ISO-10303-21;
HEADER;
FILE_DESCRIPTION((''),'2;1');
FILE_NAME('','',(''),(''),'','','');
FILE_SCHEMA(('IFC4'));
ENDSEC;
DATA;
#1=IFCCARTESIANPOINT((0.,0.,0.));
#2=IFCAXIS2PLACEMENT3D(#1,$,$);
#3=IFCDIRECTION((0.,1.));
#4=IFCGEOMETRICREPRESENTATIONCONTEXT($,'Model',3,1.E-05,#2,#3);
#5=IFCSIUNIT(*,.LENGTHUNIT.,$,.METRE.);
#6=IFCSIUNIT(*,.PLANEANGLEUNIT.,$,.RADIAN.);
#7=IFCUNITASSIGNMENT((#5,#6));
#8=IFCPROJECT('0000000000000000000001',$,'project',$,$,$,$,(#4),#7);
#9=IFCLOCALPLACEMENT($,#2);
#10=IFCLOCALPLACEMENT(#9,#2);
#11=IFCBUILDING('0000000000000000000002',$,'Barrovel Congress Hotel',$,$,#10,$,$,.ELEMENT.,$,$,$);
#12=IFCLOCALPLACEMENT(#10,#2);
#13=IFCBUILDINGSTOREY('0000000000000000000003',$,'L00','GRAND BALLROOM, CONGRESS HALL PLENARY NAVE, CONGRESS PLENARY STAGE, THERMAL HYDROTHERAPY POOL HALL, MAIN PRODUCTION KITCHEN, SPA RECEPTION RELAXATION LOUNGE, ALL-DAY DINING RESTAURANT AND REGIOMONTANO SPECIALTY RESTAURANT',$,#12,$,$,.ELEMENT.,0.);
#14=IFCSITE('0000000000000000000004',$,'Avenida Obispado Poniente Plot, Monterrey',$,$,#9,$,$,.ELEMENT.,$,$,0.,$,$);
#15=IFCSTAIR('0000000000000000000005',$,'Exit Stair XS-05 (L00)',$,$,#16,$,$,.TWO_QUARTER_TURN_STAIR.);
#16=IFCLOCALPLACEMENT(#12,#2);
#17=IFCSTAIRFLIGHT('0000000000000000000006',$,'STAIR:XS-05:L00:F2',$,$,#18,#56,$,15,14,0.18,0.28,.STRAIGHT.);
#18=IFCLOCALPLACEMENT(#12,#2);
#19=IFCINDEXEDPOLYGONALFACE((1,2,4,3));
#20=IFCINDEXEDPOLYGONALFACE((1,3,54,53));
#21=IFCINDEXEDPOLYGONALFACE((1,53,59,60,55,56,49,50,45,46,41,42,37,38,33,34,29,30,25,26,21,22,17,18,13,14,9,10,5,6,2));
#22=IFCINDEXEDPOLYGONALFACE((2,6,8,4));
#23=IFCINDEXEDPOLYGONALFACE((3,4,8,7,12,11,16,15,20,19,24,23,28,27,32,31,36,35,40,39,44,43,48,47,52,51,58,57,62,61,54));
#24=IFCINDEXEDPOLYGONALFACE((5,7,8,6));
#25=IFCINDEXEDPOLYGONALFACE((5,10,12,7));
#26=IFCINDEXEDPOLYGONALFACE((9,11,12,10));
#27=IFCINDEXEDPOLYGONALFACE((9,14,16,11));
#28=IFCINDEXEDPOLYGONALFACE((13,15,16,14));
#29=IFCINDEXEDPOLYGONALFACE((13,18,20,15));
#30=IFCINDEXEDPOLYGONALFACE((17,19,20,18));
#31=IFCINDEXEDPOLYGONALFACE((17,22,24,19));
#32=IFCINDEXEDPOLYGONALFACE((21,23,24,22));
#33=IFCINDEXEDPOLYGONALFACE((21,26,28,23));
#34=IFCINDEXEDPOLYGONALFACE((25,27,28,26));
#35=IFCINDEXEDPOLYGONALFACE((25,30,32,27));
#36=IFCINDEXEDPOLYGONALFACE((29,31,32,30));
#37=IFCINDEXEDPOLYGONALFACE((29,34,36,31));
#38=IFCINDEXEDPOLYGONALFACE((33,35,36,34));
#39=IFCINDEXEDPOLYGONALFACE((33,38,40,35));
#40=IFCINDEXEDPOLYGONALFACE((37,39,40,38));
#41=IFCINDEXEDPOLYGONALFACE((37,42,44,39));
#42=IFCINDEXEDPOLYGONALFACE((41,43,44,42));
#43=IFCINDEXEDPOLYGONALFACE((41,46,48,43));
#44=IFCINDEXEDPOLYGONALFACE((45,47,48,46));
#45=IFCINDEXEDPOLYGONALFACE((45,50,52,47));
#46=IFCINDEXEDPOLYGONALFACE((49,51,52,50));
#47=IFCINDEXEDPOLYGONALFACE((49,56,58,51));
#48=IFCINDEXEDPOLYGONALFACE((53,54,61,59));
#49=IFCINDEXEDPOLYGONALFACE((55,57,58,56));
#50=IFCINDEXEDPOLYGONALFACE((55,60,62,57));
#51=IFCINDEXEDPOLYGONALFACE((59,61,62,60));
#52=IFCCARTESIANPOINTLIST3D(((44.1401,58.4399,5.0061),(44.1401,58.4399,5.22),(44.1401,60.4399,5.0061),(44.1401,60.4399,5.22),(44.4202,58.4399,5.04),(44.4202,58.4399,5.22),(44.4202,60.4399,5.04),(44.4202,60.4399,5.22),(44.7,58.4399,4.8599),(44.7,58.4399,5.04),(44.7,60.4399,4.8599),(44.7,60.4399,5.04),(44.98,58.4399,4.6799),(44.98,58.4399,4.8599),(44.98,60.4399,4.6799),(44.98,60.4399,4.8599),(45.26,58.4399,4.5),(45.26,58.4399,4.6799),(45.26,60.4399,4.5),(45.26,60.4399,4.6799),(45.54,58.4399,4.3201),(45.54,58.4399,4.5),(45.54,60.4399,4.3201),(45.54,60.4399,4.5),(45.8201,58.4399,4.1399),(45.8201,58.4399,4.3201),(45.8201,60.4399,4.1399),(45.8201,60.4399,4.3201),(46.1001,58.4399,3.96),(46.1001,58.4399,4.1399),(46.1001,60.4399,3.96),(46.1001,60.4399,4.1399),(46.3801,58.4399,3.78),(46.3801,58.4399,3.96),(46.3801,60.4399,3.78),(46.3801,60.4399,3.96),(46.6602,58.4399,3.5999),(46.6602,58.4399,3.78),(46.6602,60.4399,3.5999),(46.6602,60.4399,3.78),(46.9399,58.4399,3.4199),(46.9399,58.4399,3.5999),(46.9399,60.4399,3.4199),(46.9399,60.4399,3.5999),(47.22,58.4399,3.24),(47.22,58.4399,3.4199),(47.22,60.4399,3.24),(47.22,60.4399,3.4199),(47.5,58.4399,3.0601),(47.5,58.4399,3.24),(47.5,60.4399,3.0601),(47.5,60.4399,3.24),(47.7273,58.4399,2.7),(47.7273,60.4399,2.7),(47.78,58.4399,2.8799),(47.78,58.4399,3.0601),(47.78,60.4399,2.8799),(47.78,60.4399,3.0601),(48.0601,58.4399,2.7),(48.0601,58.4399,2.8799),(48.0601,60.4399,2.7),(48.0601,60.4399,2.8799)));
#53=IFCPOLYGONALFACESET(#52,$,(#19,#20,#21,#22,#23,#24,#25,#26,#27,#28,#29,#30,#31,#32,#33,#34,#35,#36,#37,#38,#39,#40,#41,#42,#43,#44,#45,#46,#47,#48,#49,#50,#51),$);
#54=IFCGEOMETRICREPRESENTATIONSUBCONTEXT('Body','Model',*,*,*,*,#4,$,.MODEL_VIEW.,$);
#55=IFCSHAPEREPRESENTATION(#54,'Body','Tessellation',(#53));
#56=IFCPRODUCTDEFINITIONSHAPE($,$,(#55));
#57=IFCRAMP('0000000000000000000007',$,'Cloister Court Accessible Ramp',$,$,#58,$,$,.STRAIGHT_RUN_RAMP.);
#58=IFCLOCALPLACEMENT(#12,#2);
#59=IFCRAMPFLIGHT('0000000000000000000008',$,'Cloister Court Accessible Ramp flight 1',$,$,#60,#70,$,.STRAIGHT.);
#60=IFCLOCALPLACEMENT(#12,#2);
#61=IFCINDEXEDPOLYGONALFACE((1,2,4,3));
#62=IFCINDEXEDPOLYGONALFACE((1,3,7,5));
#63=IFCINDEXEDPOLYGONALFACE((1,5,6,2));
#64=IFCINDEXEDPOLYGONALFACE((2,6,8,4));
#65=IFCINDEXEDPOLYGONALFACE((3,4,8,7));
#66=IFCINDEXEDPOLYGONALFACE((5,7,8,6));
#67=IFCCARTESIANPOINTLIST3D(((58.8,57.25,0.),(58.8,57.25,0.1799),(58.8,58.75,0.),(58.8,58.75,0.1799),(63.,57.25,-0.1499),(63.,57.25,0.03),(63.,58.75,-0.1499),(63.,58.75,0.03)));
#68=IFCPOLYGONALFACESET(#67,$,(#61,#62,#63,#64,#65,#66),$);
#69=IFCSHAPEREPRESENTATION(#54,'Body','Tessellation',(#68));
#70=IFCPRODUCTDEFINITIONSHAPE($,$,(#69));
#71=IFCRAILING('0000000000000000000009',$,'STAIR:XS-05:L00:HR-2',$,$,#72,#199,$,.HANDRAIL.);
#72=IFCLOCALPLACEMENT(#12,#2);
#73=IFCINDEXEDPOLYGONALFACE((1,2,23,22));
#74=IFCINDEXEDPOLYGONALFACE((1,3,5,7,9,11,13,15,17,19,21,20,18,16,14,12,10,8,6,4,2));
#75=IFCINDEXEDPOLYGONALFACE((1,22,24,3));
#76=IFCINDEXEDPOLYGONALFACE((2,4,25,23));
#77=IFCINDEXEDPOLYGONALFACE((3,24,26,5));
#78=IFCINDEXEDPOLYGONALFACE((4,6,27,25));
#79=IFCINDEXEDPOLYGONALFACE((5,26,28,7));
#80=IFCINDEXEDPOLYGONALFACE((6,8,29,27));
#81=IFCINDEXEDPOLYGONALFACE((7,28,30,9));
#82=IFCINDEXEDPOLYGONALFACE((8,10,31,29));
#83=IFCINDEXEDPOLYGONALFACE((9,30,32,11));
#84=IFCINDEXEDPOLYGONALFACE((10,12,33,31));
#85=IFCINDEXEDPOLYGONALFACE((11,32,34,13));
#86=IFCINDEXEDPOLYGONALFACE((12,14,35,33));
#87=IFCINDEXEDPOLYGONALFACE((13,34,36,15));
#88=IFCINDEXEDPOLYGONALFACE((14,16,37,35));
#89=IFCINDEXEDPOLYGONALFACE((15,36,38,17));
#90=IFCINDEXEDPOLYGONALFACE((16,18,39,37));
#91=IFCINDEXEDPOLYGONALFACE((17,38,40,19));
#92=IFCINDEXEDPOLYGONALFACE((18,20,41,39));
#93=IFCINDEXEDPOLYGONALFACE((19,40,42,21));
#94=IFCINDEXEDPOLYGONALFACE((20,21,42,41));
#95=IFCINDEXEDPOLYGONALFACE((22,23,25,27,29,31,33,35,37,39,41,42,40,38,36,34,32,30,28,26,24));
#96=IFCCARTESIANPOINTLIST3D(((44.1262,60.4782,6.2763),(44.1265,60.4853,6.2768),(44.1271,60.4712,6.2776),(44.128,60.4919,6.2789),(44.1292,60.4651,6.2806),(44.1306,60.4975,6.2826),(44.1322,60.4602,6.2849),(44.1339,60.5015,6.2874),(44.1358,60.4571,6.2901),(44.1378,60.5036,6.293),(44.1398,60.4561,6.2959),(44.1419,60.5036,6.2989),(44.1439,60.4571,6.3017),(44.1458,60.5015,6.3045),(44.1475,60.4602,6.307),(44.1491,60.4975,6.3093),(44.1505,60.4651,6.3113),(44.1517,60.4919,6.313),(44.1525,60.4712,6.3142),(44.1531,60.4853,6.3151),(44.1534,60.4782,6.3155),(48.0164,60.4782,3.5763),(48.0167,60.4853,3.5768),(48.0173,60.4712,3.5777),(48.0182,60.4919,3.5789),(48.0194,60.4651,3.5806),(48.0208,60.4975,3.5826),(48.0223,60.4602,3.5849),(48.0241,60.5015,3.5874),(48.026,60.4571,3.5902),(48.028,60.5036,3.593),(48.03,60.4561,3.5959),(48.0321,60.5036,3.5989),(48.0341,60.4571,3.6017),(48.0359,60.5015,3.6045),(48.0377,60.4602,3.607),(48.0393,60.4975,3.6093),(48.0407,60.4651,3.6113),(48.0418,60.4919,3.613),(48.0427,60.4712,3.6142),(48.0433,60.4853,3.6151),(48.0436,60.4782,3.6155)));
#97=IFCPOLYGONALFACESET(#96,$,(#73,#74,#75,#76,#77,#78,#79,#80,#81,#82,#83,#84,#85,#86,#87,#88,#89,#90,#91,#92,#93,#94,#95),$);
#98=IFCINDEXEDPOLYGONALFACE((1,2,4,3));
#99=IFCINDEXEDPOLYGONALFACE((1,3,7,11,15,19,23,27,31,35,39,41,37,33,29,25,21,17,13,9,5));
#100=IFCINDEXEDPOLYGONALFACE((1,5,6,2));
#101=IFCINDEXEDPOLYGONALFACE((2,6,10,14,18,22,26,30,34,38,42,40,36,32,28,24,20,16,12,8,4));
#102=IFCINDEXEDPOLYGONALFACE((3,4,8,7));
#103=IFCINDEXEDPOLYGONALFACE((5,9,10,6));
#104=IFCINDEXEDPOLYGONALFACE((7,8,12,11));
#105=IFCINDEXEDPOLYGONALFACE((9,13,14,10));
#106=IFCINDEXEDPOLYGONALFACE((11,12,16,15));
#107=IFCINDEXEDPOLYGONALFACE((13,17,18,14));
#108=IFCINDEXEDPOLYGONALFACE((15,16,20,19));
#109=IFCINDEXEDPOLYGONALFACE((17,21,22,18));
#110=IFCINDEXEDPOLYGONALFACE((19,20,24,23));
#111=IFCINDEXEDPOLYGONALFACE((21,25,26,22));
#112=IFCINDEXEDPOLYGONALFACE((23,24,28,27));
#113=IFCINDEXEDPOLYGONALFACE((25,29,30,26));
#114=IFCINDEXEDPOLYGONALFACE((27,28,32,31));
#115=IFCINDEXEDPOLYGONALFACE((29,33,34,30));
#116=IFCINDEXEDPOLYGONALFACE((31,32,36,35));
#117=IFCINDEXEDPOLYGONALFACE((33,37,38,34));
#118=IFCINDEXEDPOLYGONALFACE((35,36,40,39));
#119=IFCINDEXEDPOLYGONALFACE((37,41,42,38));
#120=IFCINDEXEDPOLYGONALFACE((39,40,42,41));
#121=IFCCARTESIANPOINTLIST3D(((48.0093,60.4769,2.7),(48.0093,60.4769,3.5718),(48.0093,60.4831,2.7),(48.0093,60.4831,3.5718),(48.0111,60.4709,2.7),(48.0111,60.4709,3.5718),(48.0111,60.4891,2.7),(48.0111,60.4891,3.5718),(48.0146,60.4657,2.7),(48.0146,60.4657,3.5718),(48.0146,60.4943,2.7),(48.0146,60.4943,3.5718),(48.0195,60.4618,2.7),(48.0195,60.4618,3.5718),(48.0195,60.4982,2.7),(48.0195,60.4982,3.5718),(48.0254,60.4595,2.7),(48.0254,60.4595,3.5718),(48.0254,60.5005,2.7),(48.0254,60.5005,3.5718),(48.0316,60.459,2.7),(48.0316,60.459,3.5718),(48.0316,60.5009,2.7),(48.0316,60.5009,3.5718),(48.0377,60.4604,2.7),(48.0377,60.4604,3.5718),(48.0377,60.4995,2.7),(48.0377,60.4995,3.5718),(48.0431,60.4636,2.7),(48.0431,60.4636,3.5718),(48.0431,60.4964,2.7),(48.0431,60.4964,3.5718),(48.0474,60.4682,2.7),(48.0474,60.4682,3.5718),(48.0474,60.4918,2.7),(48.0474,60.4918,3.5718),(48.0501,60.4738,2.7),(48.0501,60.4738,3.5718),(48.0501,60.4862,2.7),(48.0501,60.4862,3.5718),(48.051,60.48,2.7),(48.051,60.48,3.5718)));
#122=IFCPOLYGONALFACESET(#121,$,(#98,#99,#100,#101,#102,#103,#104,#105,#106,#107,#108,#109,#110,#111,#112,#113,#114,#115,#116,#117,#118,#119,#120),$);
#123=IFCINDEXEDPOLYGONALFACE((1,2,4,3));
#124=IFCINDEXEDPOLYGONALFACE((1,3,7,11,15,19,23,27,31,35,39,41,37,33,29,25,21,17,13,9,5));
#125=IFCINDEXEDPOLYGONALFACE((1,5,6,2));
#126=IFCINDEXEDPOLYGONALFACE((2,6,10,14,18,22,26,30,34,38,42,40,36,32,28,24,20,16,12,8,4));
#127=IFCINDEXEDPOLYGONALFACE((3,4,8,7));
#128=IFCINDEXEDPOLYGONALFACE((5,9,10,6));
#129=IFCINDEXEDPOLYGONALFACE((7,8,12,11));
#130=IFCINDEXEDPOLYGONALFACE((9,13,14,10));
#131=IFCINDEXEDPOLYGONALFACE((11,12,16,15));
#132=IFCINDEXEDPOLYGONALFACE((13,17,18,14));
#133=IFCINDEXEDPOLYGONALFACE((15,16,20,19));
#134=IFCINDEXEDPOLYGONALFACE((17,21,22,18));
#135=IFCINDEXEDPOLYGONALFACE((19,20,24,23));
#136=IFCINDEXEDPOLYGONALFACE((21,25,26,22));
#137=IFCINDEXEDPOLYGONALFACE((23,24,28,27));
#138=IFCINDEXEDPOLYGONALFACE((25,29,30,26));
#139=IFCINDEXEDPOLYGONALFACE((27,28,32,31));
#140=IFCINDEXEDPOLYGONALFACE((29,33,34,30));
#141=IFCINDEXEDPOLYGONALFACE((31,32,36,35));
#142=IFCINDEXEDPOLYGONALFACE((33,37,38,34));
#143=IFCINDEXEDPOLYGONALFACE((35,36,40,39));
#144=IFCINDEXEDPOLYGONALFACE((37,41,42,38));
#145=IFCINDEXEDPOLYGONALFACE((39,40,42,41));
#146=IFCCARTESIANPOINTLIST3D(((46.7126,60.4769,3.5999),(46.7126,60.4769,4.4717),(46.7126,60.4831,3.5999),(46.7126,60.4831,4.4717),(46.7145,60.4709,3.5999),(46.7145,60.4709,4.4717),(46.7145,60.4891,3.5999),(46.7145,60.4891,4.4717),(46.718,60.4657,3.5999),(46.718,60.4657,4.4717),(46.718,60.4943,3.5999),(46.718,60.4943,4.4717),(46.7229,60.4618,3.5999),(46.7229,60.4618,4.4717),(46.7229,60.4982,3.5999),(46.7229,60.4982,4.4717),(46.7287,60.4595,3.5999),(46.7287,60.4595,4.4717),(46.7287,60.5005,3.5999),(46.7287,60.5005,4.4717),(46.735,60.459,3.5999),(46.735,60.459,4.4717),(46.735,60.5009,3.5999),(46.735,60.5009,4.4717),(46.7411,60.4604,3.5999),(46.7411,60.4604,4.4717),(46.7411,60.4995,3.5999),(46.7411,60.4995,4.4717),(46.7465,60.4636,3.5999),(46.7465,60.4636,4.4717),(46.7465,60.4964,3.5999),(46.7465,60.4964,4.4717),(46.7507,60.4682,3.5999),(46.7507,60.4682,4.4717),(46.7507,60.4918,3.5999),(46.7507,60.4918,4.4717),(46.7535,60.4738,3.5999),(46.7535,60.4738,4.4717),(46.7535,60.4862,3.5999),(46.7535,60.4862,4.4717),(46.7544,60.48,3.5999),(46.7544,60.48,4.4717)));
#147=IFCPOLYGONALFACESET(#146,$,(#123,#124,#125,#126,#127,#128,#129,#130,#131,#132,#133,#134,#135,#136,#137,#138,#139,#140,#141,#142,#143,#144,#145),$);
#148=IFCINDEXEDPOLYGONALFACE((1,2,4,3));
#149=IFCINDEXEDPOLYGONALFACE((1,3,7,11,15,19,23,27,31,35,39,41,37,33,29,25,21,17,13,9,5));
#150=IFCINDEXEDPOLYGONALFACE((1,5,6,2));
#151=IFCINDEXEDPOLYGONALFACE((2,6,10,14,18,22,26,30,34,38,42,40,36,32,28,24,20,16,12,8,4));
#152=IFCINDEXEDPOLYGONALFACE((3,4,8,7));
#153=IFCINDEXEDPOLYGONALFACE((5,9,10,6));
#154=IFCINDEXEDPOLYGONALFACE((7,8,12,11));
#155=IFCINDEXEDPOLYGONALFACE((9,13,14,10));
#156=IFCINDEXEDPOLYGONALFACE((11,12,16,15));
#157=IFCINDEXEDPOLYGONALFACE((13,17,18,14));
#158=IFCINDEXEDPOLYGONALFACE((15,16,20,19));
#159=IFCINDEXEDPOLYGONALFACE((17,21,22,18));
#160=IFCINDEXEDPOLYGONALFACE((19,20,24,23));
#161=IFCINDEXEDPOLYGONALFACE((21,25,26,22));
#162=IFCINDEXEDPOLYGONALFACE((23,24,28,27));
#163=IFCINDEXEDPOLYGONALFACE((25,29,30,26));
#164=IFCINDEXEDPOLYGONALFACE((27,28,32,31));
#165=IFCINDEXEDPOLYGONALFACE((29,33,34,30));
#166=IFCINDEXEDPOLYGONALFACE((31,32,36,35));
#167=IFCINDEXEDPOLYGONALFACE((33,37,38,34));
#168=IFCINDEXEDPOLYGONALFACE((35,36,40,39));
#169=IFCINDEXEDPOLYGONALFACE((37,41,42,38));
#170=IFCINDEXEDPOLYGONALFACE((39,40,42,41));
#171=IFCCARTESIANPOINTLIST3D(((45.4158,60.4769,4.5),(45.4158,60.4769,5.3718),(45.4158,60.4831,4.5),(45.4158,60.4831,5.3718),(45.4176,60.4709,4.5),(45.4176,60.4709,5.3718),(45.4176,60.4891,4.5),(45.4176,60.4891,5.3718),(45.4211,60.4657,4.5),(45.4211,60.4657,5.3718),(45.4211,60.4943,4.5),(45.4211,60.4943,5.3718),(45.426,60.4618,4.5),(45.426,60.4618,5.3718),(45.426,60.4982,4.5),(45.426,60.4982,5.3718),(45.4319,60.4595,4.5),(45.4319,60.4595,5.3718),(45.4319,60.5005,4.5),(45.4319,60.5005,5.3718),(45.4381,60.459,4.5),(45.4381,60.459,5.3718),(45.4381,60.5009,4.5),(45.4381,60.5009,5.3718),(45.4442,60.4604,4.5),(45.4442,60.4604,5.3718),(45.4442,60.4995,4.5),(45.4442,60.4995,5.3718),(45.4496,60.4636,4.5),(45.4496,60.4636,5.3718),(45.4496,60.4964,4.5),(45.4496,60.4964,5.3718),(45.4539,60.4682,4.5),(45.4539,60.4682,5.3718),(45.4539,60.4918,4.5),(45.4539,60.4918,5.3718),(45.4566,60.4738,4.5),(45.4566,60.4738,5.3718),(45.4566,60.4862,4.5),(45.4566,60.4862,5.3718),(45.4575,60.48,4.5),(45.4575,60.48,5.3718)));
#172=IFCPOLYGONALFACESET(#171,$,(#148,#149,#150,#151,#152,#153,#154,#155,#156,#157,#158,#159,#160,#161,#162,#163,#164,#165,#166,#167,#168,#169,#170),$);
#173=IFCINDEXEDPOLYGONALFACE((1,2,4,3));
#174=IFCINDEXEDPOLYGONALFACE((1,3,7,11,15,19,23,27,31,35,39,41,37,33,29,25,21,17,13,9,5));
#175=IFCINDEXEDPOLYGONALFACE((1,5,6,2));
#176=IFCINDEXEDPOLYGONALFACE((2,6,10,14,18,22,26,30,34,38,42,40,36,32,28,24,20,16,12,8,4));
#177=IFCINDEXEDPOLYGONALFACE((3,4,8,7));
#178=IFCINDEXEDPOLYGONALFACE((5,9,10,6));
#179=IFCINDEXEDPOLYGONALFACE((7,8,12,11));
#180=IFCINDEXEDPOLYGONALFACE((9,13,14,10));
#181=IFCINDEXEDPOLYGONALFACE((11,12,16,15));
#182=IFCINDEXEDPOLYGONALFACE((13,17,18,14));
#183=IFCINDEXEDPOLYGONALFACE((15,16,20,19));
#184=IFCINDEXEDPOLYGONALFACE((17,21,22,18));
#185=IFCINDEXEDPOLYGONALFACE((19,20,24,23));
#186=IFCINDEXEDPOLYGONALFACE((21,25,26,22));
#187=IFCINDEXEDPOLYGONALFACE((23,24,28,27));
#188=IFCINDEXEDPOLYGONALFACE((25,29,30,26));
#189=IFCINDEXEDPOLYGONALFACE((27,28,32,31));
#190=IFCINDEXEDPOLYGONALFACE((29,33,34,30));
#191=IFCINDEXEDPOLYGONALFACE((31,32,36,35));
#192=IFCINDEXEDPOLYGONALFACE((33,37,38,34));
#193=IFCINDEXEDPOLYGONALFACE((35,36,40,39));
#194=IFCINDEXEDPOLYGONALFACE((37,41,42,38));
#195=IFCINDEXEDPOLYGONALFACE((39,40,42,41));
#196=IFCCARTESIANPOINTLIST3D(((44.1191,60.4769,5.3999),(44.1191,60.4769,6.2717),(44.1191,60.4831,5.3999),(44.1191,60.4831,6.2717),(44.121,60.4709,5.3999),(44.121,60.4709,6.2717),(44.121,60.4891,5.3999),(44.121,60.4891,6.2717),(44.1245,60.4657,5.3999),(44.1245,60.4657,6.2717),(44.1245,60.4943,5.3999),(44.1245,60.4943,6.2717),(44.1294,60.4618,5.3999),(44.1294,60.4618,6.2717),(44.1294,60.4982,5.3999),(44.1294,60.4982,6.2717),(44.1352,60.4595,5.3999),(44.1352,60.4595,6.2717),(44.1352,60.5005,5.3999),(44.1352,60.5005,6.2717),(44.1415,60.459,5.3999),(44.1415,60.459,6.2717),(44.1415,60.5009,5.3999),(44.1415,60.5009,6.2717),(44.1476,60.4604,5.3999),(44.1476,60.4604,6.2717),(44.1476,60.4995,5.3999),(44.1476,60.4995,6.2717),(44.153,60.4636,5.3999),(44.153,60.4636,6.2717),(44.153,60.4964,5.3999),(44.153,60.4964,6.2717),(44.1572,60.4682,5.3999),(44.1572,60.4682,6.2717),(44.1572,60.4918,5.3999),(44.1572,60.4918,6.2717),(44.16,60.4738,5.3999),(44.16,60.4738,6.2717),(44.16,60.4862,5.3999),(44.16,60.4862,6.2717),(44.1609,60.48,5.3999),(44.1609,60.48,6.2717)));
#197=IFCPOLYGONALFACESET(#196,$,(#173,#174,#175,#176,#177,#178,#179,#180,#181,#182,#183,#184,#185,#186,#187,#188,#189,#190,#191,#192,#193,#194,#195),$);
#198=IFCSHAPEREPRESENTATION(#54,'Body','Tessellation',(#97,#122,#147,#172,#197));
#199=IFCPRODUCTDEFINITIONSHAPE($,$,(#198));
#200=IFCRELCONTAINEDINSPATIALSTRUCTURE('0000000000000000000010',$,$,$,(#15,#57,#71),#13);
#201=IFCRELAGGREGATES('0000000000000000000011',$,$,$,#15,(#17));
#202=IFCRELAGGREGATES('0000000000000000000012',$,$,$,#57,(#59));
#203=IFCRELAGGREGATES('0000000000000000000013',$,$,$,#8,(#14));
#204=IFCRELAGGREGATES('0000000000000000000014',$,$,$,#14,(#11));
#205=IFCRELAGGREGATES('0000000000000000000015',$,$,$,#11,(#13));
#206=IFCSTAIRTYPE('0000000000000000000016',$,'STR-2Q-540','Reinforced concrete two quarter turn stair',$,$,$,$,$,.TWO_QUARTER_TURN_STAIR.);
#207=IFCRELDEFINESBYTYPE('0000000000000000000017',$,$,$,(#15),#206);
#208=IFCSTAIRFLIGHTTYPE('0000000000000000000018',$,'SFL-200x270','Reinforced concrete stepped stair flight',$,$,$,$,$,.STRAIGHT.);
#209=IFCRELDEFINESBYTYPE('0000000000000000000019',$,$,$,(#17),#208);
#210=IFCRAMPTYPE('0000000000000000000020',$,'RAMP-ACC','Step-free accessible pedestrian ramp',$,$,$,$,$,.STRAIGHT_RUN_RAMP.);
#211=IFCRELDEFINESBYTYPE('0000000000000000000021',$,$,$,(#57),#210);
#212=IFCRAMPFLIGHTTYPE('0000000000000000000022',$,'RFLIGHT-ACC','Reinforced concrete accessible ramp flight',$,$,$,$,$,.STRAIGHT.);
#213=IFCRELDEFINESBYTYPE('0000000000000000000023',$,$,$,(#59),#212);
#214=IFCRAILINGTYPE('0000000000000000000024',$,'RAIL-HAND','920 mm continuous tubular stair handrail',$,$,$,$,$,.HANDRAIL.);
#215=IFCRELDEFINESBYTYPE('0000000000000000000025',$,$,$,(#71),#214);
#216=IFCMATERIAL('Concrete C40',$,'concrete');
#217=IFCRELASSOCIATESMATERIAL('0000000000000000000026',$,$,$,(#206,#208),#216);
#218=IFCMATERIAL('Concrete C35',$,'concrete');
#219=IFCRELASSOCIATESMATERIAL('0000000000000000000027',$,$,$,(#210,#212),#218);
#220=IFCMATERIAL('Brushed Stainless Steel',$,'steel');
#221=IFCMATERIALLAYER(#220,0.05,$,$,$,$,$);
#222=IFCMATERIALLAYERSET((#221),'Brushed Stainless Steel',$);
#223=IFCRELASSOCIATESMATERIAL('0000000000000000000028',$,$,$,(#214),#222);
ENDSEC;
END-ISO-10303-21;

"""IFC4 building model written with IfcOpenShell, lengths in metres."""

from ifc_helpers import new_model, si_unit, direction, frame, origin, origin_2d, place, context, subcontext, project, spatial, polyline, circle, outline, extrude, material, layer, layer_set, type_object, element, aggregate, save


model = new_model("IFC4")

# Units and contexts
model_context = context("Model", 3, precision=1e-05, world=origin(), true_north=direction((0.0, 1.0)))
body_context = subcontext(model_context, "Body", "Model", "MODEL_VIEW")
ifc_project = project(units=[si_unit("LENGTHUNIT", "METRE"), si_unit("PLANEANGLEUNIT", "RADIAN")], contexts=[model_context])

# Site, building, storey
site_placement = place(None, origin())
site = spatial("IfcSite", under=ifc_project, at=site_placement, Name="Avenida Obispado Poniente Plot, Monterrey", CompositionType="ELEMENT", RefElevation=0.0)
building_placement = place(site_placement, origin())
building = spatial("IfcBuilding", under=site, at=building_placement, Name="Barrovel Congress Hotel", CompositionType="ELEMENT")
storey_placement = place(building_placement, origin())
storey = spatial("IfcBuildingStorey", under=building, at=storey_placement, Name="L00", Description="GRAND BALLROOM, CONGRESS HALL PLENARY NAVE, CONGRESS PLENARY STAGE, THERMAL HYDROTHERAPY POOL HALL, MAIN PRODUCTION KITCHEN, SPA RECEPTION RELAXATION LOUNGE, ALL-DAY DINING RESTAURANT AND REGIOMONTANO SPECIALTY RESTAURANT", CompositionType="ELEMENT", Elevation=0.0)

# Shared definitions
ifc_material_1 = material(Name="Concrete C40", Category="concrete")

# Shared definitions
ifc_material_2 = material(Name="Concrete C35", Category="concrete")

# Stair, stair flight
stair_type = type_object("IfcStairType", Name="STR-2Q-540", Description="Reinforced concrete two quarter turn stair", PredefinedType="TWO_QUARTER_TURN_STAIR", material=ifc_material_1)
stair_placement = place(storey_placement, origin())
stair = element("IfcStair", 1, at=stair_placement, inside=storey, type_object=stair_type, Name="Exit Stair XS-05 (L00)", PredefinedType="TWO_QUARTER_TURN_STAIR")
stair_flight_type = type_object("IfcStairFlightType", Name="SFL-200x270", Description="Reinforced concrete stepped stair flight", PredefinedType="STRAIGHT", material=ifc_material_1)
stair_flight_placement = place(storey_placement, frame((48.0601, 59.4399, 2.7), z_axis=(0.0, 0.0, 1.0), x_axis=(-1.0, 0.0, 0.0)))
stair_flight = element("IfcStairFlight", 2, at=stair_flight_placement, type_object=stair_flight_type, Name="STAIR:XS-05:L00:F2", NumberOfRisers=15, NumberOfTreads=14, PredefinedType="STRAIGHT", RiserHeight=0.18, TreadLength=0.28, context=body_context, shape_type="SweptSolid", body=[
    extrude(outline(polyline([(0.0, 0.0), (0.0, 0.1799), (0.28, 0.1799), (0.28, 0.3601), (0.5601, 0.3601), (0.5601, 0.54), (0.8401, 0.54), (0.8401, 0.72), (1.1201, 0.72), (1.1201, 0.8999), (1.3999, 0.8999), (1.3999, 1.0801), (1.6799, 1.0801), (1.6799, 1.26), (1.96, 1.26), (1.96, 1.4399), (2.24, 1.4399), (2.24, 1.6201), (2.52, 1.6201), (2.52, 1.8), (2.8, 1.8), (2.8, 1.98), (3.0801, 1.98), (3.0801, 2.1599), (3.3601, 2.1599), (3.3601, 2.3401), (3.6399, 2.3401), (3.6399, 2.52), (3.9199, 2.52), (3.9199, 2.7), (3.9199, 2.3062), (0.3328, 0.0), (0.0, 0.0)])), frame((0.0, 1.0, 0.0), z_axis=(0.0, -1.0, 0.0), x_axis=(1.0, 0.0, 0.0)), (0.0, 0.0, 1.0), 2.0),
])
aggregate(stair, [stair_flight])

# Ramp, ramp flight
ramp_type = type_object("IfcRampType", Name="RAMP-ACC", Description="Step-free accessible pedestrian ramp", PredefinedType="STRAIGHT_RUN_RAMP", material=ifc_material_2)
ramp_placement = place(storey_placement, origin())
ramp = element("IfcRamp", 3, at=ramp_placement, inside=storey, type_object=ramp_type, Name="Cloister Court Accessible Ramp", PredefinedType="STRAIGHT_RUN_RAMP")
ramp_flight_type = type_object("IfcRampFlightType", Name="RFLIGHT-ACC", Description="Reinforced concrete accessible ramp flight", PredefinedType="STRAIGHT", material=ifc_material_2)
ramp_flight_placement = place(storey_placement, frame((63.0, 58.0, -0.1499), z_axis=(0.0, 0.0, 1.0), x_axis=(-1.0, 0.0, 0.0)))
ramp_flight = element("IfcRampFlight", 4, at=ramp_flight_placement, type_object=ramp_flight_type, Name="Cloister Court Accessible Ramp flight 1", PredefinedType="STRAIGHT", context=body_context, shape_type="SweptSolid", body=[
    extrude(outline(polyline([(0.0, 0.0), (0.0, 0.1799), (4.2, 0.3298), (4.2, 0.1499), (0.0, 0.0)])), frame((0.0, 0.75, 0.0), z_axis=(0.0, -1.0, 0.0), x_axis=(1.0, 0.0, 0.0)), (0.0, 0.0, 1.0), 1.5),
])
aggregate(ramp, [ramp_flight])

# Railing
ifc_material_3 = material(Name="Brushed Stainless Steel", Category="steel")
ifc_layer_1 = layer(ifc_material_3, 0.05)
ifc_layer_set_1 = layer_set([ifc_layer_1], Name="Brushed Stainless Steel")
railing_type_1 = type_object("IfcRailingType", Name="RAIL-HAND", Description="920 mm continuous tubular stair handrail", PredefinedType="HANDRAIL", material=ifc_layer_set_1)
railing_1_placement = place(storey_placement, frame((48.03, 60.48, 2.7)))
element("IfcRailing", 5, at=railing_1_placement, inside=storey, type_object=railing_type_1, Name="STAIR:XS-05:L00:HR-2", PredefinedType="HANDRAIL", context=body_context, shape_type="SweptSolid", body=[
    extrude(circle(Radius=0.0239, at=origin_2d()), frame((0.0, 0.0, 0.896), z_axis=(-0.821522, 0.0, 0.570177), x_axis=(0.0, -1.0, 0.0)), (0.0, 0.0, 1.0), 4.7354),
    extrude(circle(Radius=0.021, at=origin_2d()), origin(), (0.0, 0.0, 1.0), 0.8718),
    extrude(circle(Radius=0.021, at=origin_2d()), frame((-1.2966, 0.0, 0.8999)), (0.0, 0.0, 1.0), 0.8718),
    extrude(circle(Radius=0.021, at=origin_2d()), frame((-2.5935, 0.0, 1.8)), (0.0, 0.0, 1.0), 0.8718),
    extrude(circle(Radius=0.021, at=origin_2d()), frame((-3.8901, 0.0, 2.7)), (0.0, 0.0, 1.0), 0.8718),
])

save(model, "model.ifc")
